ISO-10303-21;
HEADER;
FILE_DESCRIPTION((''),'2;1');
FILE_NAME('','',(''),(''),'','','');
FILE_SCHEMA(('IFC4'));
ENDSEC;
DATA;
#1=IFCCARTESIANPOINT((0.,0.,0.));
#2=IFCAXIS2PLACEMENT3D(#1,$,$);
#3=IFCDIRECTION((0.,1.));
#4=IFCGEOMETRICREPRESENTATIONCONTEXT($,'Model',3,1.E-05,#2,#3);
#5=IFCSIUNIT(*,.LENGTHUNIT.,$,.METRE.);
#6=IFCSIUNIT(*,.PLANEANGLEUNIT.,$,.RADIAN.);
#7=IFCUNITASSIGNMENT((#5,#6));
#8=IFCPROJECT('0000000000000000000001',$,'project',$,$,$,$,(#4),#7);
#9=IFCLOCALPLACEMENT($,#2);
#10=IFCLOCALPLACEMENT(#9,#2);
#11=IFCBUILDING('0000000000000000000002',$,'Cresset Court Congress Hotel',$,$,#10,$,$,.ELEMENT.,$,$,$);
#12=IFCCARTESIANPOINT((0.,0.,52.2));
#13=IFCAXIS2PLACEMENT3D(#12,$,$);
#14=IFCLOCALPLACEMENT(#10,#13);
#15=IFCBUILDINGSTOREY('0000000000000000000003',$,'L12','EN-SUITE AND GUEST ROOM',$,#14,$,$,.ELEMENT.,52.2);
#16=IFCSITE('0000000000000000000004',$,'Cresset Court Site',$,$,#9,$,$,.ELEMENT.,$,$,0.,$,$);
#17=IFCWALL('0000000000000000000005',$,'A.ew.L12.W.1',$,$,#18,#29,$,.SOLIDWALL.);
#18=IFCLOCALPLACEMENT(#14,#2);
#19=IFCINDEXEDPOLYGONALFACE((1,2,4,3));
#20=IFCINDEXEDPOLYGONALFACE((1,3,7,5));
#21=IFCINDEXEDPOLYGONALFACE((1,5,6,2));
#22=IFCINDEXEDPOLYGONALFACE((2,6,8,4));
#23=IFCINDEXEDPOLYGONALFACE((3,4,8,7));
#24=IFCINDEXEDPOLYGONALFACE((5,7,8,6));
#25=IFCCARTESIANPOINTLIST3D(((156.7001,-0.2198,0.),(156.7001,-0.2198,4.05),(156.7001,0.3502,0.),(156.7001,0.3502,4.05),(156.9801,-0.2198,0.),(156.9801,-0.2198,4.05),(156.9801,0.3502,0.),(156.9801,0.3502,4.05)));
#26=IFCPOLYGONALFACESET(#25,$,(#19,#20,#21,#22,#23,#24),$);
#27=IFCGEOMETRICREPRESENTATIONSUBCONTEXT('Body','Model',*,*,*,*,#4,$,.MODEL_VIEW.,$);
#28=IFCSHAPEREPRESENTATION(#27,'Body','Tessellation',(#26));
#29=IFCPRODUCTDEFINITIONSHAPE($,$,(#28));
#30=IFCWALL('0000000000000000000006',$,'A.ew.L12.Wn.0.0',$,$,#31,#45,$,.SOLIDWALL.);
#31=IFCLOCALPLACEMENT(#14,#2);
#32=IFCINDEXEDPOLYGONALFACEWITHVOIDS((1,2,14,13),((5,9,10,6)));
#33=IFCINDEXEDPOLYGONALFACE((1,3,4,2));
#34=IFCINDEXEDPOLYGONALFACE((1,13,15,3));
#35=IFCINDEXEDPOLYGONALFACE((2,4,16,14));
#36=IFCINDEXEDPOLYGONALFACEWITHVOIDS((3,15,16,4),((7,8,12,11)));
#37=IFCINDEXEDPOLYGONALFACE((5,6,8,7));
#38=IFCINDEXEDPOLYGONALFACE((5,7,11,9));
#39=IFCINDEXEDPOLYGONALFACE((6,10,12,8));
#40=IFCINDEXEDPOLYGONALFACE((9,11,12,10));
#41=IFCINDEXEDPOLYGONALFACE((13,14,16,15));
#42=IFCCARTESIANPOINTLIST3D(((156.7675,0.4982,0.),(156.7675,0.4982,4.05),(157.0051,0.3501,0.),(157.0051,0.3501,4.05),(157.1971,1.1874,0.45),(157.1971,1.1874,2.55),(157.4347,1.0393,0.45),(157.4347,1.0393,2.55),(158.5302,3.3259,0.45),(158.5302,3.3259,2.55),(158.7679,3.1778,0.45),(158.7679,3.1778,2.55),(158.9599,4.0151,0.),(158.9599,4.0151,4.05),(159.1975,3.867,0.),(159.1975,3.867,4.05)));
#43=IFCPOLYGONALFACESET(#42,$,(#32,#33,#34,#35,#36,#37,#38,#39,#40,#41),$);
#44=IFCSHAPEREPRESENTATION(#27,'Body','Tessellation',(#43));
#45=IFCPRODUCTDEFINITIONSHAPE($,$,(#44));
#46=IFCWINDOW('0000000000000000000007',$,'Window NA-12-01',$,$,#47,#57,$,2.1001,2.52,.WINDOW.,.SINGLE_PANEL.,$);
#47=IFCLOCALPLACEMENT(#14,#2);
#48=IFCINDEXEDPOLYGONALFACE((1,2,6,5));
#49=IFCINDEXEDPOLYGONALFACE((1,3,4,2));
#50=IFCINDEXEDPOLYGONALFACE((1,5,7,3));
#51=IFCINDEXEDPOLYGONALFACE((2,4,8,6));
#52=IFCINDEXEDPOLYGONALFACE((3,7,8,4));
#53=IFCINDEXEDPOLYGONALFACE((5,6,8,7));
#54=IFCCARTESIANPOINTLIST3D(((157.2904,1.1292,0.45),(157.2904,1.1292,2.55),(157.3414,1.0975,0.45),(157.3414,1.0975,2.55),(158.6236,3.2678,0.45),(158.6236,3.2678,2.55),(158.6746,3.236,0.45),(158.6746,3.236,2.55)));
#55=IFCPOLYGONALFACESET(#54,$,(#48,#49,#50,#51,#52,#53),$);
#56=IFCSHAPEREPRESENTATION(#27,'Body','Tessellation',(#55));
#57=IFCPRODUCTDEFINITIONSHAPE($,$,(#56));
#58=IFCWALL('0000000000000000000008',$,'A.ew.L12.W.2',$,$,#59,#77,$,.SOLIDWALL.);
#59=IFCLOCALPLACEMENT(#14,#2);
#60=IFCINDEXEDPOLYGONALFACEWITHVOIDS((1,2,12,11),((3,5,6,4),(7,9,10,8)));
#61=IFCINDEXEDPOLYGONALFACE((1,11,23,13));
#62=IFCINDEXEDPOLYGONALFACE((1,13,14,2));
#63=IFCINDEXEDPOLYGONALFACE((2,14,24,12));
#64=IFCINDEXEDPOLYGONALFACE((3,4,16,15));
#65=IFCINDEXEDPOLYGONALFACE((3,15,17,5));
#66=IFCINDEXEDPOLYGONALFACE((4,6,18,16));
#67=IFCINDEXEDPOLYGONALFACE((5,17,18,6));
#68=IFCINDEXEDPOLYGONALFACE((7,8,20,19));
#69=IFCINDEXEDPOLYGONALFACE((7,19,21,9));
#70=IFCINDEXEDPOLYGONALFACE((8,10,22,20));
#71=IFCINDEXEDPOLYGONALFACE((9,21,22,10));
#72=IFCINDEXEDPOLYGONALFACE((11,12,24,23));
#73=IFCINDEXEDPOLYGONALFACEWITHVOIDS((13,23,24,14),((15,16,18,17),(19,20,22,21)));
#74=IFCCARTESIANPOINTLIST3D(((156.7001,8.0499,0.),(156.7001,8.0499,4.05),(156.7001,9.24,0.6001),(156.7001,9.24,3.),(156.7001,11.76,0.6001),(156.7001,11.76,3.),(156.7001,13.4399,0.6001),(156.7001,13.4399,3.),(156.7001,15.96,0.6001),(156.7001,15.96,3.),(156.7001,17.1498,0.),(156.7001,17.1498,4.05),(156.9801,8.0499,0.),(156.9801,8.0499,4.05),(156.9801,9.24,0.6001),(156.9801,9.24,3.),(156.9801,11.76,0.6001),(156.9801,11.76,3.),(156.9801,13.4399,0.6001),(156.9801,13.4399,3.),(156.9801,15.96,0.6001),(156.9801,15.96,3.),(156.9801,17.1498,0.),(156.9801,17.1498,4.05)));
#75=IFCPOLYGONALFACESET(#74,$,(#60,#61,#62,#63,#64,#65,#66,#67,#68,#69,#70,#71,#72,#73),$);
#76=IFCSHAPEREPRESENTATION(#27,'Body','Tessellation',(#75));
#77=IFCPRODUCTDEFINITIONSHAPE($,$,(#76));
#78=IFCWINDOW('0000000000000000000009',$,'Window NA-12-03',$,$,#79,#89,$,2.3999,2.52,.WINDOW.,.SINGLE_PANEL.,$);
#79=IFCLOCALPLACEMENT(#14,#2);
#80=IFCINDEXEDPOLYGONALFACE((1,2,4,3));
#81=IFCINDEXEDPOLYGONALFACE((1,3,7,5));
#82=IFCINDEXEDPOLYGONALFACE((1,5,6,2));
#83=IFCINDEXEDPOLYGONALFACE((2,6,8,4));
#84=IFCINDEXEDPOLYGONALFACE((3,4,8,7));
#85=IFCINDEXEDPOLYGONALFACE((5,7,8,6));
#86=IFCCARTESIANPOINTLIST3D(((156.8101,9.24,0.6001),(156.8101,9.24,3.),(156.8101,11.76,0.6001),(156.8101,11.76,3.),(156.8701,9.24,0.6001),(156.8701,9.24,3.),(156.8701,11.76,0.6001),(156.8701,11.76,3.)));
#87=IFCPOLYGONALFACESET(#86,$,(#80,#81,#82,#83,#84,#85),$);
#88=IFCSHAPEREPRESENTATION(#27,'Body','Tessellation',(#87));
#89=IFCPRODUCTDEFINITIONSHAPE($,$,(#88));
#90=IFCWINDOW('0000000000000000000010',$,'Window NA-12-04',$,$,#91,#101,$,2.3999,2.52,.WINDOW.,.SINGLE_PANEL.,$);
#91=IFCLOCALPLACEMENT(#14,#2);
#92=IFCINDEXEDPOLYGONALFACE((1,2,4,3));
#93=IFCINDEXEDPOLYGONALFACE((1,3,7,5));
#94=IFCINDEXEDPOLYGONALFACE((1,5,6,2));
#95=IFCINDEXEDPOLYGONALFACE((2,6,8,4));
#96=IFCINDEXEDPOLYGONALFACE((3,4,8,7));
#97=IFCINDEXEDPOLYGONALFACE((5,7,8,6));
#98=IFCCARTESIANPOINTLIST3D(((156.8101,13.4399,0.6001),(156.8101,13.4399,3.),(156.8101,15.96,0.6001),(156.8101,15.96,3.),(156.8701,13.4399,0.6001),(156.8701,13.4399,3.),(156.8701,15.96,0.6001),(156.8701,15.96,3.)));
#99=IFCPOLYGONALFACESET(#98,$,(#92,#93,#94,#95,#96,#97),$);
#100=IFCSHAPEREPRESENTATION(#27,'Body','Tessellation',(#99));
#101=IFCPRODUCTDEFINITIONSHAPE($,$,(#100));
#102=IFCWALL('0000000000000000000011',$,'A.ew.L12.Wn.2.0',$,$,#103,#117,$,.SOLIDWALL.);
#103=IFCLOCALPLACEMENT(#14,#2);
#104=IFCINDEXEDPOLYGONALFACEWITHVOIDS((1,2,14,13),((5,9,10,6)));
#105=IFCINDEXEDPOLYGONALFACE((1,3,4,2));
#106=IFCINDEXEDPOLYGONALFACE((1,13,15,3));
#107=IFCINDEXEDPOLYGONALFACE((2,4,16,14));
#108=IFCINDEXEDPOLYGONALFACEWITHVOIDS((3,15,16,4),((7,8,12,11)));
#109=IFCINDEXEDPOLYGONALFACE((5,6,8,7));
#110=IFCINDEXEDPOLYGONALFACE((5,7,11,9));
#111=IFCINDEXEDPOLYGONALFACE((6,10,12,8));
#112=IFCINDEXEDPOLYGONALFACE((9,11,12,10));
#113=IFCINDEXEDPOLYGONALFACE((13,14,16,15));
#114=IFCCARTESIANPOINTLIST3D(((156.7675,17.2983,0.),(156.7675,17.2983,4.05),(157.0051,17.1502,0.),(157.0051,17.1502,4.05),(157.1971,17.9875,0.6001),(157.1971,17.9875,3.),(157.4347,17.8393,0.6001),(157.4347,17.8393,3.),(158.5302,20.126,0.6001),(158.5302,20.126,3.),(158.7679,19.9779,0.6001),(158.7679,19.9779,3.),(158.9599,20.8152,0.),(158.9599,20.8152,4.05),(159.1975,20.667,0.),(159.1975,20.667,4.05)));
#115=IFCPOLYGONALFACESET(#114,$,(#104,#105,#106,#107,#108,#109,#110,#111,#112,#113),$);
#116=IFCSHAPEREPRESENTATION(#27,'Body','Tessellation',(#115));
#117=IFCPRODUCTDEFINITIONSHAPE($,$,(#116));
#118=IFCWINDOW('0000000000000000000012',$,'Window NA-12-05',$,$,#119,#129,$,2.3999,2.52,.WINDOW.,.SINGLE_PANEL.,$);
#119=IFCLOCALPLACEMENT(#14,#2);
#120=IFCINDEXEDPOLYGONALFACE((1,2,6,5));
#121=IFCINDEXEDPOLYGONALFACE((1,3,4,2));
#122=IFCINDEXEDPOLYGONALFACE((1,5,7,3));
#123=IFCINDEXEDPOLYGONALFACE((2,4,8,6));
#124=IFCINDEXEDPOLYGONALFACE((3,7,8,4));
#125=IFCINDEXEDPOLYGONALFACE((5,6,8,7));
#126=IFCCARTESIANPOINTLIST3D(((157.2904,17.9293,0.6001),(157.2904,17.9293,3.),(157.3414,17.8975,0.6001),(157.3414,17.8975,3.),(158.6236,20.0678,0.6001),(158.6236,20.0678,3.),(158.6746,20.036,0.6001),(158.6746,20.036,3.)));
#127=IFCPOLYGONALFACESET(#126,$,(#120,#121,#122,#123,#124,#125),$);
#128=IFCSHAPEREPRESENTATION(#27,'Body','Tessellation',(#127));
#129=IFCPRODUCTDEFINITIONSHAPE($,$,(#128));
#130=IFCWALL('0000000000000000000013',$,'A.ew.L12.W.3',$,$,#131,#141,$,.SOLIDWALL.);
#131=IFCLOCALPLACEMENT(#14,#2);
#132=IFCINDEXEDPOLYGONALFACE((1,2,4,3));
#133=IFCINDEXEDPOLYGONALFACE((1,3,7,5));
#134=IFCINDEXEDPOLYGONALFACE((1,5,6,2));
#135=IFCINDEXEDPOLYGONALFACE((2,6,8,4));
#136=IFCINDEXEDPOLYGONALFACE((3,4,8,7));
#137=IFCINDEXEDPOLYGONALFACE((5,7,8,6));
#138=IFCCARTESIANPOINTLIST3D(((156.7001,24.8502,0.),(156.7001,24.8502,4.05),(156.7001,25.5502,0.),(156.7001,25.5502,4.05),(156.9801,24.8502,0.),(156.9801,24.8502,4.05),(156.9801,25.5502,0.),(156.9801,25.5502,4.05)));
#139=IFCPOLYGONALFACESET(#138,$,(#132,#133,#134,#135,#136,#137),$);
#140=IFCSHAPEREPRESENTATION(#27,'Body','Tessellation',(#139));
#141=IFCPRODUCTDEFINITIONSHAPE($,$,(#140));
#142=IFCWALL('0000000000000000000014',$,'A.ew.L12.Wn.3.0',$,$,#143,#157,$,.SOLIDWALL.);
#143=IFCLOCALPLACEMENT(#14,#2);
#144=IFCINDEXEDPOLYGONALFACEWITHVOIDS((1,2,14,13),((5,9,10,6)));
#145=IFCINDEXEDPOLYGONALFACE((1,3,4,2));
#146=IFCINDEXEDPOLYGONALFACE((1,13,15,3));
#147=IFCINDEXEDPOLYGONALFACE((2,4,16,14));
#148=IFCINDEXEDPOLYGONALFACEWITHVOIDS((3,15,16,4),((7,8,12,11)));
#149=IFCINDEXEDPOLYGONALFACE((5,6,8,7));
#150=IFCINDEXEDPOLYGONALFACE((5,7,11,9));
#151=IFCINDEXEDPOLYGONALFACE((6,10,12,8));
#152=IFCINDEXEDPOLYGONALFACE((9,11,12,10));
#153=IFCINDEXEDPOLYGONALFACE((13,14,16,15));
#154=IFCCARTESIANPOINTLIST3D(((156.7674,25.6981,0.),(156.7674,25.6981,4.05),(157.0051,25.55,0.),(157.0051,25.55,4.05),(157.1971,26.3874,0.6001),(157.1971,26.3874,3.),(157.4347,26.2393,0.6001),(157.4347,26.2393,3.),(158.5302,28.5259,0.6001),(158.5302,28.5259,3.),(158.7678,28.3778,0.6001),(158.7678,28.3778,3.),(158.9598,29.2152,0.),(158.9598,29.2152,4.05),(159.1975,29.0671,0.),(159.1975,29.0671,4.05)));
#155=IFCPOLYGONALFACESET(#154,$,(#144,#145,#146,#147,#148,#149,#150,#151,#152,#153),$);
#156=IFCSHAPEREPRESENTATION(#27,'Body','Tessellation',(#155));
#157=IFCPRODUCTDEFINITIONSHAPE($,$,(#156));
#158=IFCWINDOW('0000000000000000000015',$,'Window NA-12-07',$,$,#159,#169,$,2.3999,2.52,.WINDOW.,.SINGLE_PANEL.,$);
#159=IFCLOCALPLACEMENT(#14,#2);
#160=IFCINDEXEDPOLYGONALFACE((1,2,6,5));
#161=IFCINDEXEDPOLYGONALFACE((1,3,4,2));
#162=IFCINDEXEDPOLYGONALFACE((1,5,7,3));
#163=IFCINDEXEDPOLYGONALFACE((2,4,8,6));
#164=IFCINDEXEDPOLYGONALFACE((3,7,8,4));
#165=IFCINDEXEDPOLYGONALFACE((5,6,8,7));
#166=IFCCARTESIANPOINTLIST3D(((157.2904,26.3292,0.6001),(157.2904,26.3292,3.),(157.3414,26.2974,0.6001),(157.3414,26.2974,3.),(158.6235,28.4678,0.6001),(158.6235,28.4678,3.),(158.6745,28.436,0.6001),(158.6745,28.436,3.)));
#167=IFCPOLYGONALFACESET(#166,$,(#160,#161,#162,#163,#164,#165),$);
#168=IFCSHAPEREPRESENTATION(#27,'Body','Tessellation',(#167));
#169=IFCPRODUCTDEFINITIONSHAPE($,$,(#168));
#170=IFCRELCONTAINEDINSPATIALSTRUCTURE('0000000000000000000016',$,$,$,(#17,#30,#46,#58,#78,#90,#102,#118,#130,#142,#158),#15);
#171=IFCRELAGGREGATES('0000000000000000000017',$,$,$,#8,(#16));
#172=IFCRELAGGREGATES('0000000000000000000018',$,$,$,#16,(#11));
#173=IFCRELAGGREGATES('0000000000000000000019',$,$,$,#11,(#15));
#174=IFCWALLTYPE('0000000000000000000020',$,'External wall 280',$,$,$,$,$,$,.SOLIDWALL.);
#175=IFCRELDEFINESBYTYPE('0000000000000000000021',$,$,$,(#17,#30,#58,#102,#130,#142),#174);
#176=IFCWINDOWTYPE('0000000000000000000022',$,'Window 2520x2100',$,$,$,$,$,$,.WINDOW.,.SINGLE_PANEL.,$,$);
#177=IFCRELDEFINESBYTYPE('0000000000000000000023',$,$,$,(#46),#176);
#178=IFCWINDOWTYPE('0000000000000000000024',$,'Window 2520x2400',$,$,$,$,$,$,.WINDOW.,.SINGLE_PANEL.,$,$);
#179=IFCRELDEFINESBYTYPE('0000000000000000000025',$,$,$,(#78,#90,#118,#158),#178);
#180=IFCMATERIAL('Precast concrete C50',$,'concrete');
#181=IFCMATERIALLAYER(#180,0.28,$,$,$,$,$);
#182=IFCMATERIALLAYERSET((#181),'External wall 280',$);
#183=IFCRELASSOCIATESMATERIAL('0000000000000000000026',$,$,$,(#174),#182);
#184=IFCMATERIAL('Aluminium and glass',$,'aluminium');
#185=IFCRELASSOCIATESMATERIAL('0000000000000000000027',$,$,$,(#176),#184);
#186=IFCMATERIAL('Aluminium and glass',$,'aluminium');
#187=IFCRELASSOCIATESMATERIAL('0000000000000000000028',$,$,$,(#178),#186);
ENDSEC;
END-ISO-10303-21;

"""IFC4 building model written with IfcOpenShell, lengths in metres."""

from ifc_helpers import new_model, si_unit, direction, frame, frame_2d, origin, place, context, subcontext, project, spatial, rectangle, extrude, material, layer, layer_set, type_object, element, fill, save


model = new_model("IFC4")

# Units and contexts
model_context = context("Model", 3, precision=1e-05, world=origin(), true_north=direction((0.0, 1.0)))
body_context = subcontext(model_context, "Body", "Model", "MODEL_VIEW")
ifc_project = project(units=[si_unit("LENGTHUNIT", "METRE"), si_unit("PLANEANGLEUNIT", "RADIAN")], contexts=[model_context])

# Site, building, storey
site_placement = place(None, origin())
site = spatial("IfcSite", under=ifc_project, at=site_placement, Name="Cresset Court Site", CompositionType="ELEMENT", RefElevation=0.0)
building_placement = place(site_placement, origin())
building = spatial("IfcBuilding", under=site, at=building_placement, Name="Cresset Court Congress Hotel", CompositionType="ELEMENT")
storey_placement = place(building_placement, frame((0.0, 0.0, 52.2)))
storey = spatial("IfcBuildingStorey", under=building, at=storey_placement, Name="L12", Description="EN-SUITE AND GUEST ROOM", CompositionType="ELEMENT", Elevation=52.2)

# Wall
ifc_material_1 = material(Name="Precast concrete C50", Category="concrete")
ifc_layer_1 = layer(ifc_material_1, 0.28)
ifc_layer_set_1 = layer_set([ifc_layer_1], Name="External wall 280")
wall_type_1 = type_object("IfcWallType", Name="External wall 280", PredefinedType="SOLIDWALL", material=ifc_layer_set_1)
wall_1_placement = place(storey_placement, frame((156.8401, -0.22, 0.0), z_axis=(0.0, 0.0, 1.0), x_axis=(0.0, 1.0, 0.0)))
element("IfcWall", 1, at=wall_1_placement, inside=storey, type_object=wall_type_1, Name="A.ew.L12.W.1", PredefinedType="SOLIDWALL", context=body_context, shape_type="SweptSolid", body=[
    extrude(rectangle(XDim=0.5701, YDim=0.28, at=frame_2d((0.2852, 0.0))), origin(), (0.0, 0.0, 1.0), 4.05),
])

# Wall, opening, window
wall_2_placement = place(storey_placement, frame((156.8862, 0.4241, 0.0), z_axis=(0.0, 0.0, 1.0), x_axis=(0.529019, 0.84861, 0.0)))
wall_2 = element("IfcWall", 2, at=wall_2_placement, inside=storey, type_object=wall_type_1, Name="A.ew.L12.Wn.0.0", PredefinedType="SOLIDWALL", context=body_context, shape_type="SweptSolid", body=[
    extrude(rectangle(XDim=4.1443, YDim=0.28, at=frame_2d((2.0723, 0.0))), origin(), (0.0, 0.0, 1.0), 4.05),
])
opening_1_placement = place(wall_2_placement, frame((0.8123, 0.0, 0.45)))
opening_1 = element("IfcOpeningElement", 3, at=opening_1_placement, cuts=wall_2, PredefinedType="OPENING", context=body_context, shape_type="SweptSolid", body=[
    extrude(rectangle(XDim=2.52, YDim=2.1001, at=frame_2d((1.26, 1.05))), frame((0.0, 0.1499, 0.0), z_axis=(0.0, -1.0, 0.0), x_axis=(1.0, 0.0, 0.0)), (0.0, 0.0, 1.0), 0.3),
])
ifc_material_2 = material(Name="Aluminium and glass", Category="aluminium")
window_type_1 = type_object("IfcWindowType", Name="Window 2520x2100", PartitioningType="SINGLE_PANEL", PredefinedType="WINDOW", material=ifc_material_2)
window_1_placement = place(opening_1_placement, origin())
window_1 = element("IfcWindow", 4, at=window_1_placement, inside=storey, type_object=window_type_1, Name="Window NA-12-01", OverallHeight=2.1001, OverallWidth=2.52, PartitioningType="SINGLE_PANEL", PredefinedType="WINDOW", context=body_context, shape_type="SweptSolid", body=[
    extrude(rectangle(XDim=2.52, YDim=2.1001, at=frame_2d((1.26, 1.05))), frame((0.0, 0.03, 0.0), z_axis=(0.0, -1.0, 0.0), x_axis=(1.0, 0.0, 0.0)), (0.0, 0.0, 1.0), 0.0601),
])
fill(opening_1, window_1)

# Wall, openings, windows
wall_3_placement = place(storey_placement, frame((156.8401, 8.05, 0.0), z_axis=(0.0, 0.0, 1.0), x_axis=(0.0, 1.0, 0.0)))
wall_3 = element("IfcWall", 5, at=wall_3_placement, inside=storey, type_object=wall_type_1, Name="A.ew.L12.W.2", PredefinedType="SOLIDWALL", context=body_context, shape_type="SweptSolid", body=[
    extrude(rectangle(XDim=9.0999, YDim=0.28, at=frame_2d((4.5498, 0.0))), origin(), (0.0, 0.0, 1.0), 4.05),
])
opening_2_placement = place(wall_3_placement, frame((1.1899, 0.0, 0.6001)))
opening_2 = element("IfcOpeningElement", 6, at=opening_2_placement, cuts=wall_3, PredefinedType="OPENING", context=body_context, shape_type="SweptSolid", body=[
    extrude(rectangle(XDim=2.52, YDim=2.3999, at=frame_2d((1.26, 1.2))), frame((0.0, 0.1499, 0.0), z_axis=(0.0, -1.0, 0.0), x_axis=(1.0, 0.0, 0.0)), (0.0, 0.0, 1.0), 0.3),
])
opening_3_placement = place(wall_3_placement, frame((5.3899, 0.0, 0.6001)))
opening_3 = element("IfcOpeningElement", 7, at=opening_3_placement, cuts=wall_3, PredefinedType="OPENING", context=body_context, shape_type="SweptSolid", body=[
    extrude(rectangle(XDim=2.52, YDim=2.3999, at=frame_2d((1.26, 1.2))), frame((0.0, 0.1499, 0.0), z_axis=(0.0, -1.0, 0.0), x_axis=(1.0, 0.0, 0.0)), (0.0, 0.0, 1.0), 0.3),
])
ifc_material_3 = material(Name="Aluminium and glass", Category="aluminium")
window_type_2 = type_object("IfcWindowType", Name="Window 2520x2400", PartitioningType="SINGLE_PANEL", PredefinedType="WINDOW", material=ifc_material_3)
window_2_placement = place(opening_2_placement, origin())
window_2 = element("IfcWindow", 8, at=window_2_placement, inside=storey, type_object=window_type_2, Name="Window NA-12-03", OverallHeight=2.3999, OverallWidth=2.52, PartitioningType="SINGLE_PANEL", PredefinedType="WINDOW", context=body_context, shape_type="SweptSolid", body=[
    extrude(rectangle(XDim=2.52, YDim=2.3999, at=frame_2d((1.26, 1.2))), frame((0.0, 0.03, 0.0), z_axis=(0.0, -1.0, 0.0), x_axis=(1.0, 0.0, 0.0)), (0.0, 0.0, 1.0), 0.0601),
])
fill(opening_2, window_2)
window_3_placement = place(opening_3_placement, origin())
window_3 = element("IfcWindow", 9, at=window_3_placement, inside=storey, type_object=window_type_2, Name="Window NA-12-04", OverallHeight=2.3999, OverallWidth=2.52, PartitioningType="SINGLE_PANEL", PredefinedType="WINDOW", context=body_context, shape_type="SweptSolid", body=[
    extrude(rectangle(XDim=2.52, YDim=2.3999, at=frame_2d((1.26, 1.2))), frame((0.0, 0.03, 0.0), z_axis=(0.0, -1.0, 0.0), x_axis=(1.0, 0.0, 0.0)), (0.0, 0.0, 1.0), 0.0601),
])
fill(opening_3, window_3)

# Wall, opening, window
wall_4_placement = place(storey_placement, frame((156.8862, 17.2241, 0.0), z_axis=(0.0, 0.0, 1.0), x_axis=(0.529019, 0.84861, 0.0)))
wall_4 = element("IfcWall", 10, at=wall_4_placement, inside=storey, type_object=wall_type_1, Name="A.ew.L12.Wn.2.0", PredefinedType="SOLIDWALL", context=body_context, shape_type="SweptSolid", body=[
    extrude(rectangle(XDim=4.1443, YDim=0.28, at=frame_2d((2.0723, 0.0))), origin(), (0.0, 0.0, 1.0), 4.05),
])
opening_4_placement = place(wall_4_placement, frame((0.8123, 0.0, 0.6001)))
opening_4 = element("IfcOpeningElement", 11, at=opening_4_placement, cuts=wall_4, PredefinedType="OPENING", context=body_context, shape_type="SweptSolid", body=[
    extrude(rectangle(XDim=2.52, YDim=2.3999, at=frame_2d((1.26, 1.2))), frame((0.0, 0.1499, 0.0), z_axis=(0.0, -1.0, 0.0), x_axis=(1.0, 0.0, 0.0)), (0.0, 0.0, 1.0), 0.3),
])
window_4_placement = place(opening_4_placement, origin())
window_4 = element("IfcWindow", 12, at=window_4_placement, inside=storey, type_object=window_type_2, Name="Window NA-12-05", OverallHeight=2.3999, OverallWidth=2.52, PartitioningType="SINGLE_PANEL", PredefinedType="WINDOW", context=body_context, shape_type="SweptSolid", body=[
    extrude(rectangle(XDim=2.52, YDim=2.3999, at=frame_2d((1.26, 1.2))), frame((0.0, 0.03, 0.0), z_axis=(0.0, -1.0, 0.0), x_axis=(1.0, 0.0, 0.0)), (0.0, 0.0, 1.0), 0.0601),
])
fill(opening_4, window_4)

# Wall
wall_5_placement = place(storey_placement, frame((156.8401, 24.8501, 0.0), z_axis=(0.0, 0.0, 1.0), x_axis=(0.0, 1.0, 0.0)))
element("IfcWall", 13, at=wall_5_placement, inside=storey, type_object=wall_type_1, Name="A.ew.L12.W.3", PredefinedType="SOLIDWALL", context=body_context, shape_type="SweptSolid", body=[
    extrude(rectangle(XDim=0.7, YDim=0.28, at=frame_2d((0.3501, 0.0))), origin(), (0.0, 0.0, 1.0), 4.05),
])

# Wall, opening, window
wall_6_placement = place(storey_placement, frame((156.8862, 25.624, 0.0), z_axis=(0.0, 0.0, 1.0), x_axis=(0.528993, 0.848626, 0.0)))
wall_6 = element("IfcWall", 14, at=wall_6_placement, inside=storey, type_object=wall_type_1, Name="A.ew.L12.Wn.3.0", PredefinedType="SOLIDWALL", context=body_context, shape_type="SweptSolid", body=[
    extrude(rectangle(XDim=4.1445, YDim=0.28, at=frame_2d((2.0723, 0.0))), origin(), (0.0, 0.0, 1.0), 4.05),
])
opening_5_placement = place(wall_6_placement, frame((0.8123, 0.0, 0.6001)))
opening_5 = element("IfcOpeningElement", 15, at=opening_5_placement, cuts=wall_6, PredefinedType="OPENING", context=body_context, shape_type="SweptSolid", body=[
    extrude(rectangle(XDim=2.52, YDim=2.3999, at=frame_2d((1.26, 1.2))), frame((0.0, 0.1499, 0.0), z_axis=(0.0, -1.0, 0.0), x_axis=(1.0, 0.0, 0.0)), (0.0, 0.0, 1.0), 0.3),
])
window_5_placement = place(opening_5_placement, origin())
window_5 = element("IfcWindow", 16, at=window_5_placement, inside=storey, type_object=window_type_2, Name="Window NA-12-07", OverallHeight=2.3999, OverallWidth=2.52, PartitioningType="SINGLE_PANEL", PredefinedType="WINDOW", context=body_context, shape_type="SweptSolid", body=[
    extrude(rectangle(XDim=2.52, YDim=2.3999, at=frame_2d((1.26, 1.2))), frame((0.0, 0.03, 0.0), z_axis=(0.0, -1.0, 0.0), x_axis=(1.0, 0.0, 0.0)), (0.0, 0.0, 1.0), 0.0601),
])
fill(opening_5, window_5)

save(model, "model.ifc")
